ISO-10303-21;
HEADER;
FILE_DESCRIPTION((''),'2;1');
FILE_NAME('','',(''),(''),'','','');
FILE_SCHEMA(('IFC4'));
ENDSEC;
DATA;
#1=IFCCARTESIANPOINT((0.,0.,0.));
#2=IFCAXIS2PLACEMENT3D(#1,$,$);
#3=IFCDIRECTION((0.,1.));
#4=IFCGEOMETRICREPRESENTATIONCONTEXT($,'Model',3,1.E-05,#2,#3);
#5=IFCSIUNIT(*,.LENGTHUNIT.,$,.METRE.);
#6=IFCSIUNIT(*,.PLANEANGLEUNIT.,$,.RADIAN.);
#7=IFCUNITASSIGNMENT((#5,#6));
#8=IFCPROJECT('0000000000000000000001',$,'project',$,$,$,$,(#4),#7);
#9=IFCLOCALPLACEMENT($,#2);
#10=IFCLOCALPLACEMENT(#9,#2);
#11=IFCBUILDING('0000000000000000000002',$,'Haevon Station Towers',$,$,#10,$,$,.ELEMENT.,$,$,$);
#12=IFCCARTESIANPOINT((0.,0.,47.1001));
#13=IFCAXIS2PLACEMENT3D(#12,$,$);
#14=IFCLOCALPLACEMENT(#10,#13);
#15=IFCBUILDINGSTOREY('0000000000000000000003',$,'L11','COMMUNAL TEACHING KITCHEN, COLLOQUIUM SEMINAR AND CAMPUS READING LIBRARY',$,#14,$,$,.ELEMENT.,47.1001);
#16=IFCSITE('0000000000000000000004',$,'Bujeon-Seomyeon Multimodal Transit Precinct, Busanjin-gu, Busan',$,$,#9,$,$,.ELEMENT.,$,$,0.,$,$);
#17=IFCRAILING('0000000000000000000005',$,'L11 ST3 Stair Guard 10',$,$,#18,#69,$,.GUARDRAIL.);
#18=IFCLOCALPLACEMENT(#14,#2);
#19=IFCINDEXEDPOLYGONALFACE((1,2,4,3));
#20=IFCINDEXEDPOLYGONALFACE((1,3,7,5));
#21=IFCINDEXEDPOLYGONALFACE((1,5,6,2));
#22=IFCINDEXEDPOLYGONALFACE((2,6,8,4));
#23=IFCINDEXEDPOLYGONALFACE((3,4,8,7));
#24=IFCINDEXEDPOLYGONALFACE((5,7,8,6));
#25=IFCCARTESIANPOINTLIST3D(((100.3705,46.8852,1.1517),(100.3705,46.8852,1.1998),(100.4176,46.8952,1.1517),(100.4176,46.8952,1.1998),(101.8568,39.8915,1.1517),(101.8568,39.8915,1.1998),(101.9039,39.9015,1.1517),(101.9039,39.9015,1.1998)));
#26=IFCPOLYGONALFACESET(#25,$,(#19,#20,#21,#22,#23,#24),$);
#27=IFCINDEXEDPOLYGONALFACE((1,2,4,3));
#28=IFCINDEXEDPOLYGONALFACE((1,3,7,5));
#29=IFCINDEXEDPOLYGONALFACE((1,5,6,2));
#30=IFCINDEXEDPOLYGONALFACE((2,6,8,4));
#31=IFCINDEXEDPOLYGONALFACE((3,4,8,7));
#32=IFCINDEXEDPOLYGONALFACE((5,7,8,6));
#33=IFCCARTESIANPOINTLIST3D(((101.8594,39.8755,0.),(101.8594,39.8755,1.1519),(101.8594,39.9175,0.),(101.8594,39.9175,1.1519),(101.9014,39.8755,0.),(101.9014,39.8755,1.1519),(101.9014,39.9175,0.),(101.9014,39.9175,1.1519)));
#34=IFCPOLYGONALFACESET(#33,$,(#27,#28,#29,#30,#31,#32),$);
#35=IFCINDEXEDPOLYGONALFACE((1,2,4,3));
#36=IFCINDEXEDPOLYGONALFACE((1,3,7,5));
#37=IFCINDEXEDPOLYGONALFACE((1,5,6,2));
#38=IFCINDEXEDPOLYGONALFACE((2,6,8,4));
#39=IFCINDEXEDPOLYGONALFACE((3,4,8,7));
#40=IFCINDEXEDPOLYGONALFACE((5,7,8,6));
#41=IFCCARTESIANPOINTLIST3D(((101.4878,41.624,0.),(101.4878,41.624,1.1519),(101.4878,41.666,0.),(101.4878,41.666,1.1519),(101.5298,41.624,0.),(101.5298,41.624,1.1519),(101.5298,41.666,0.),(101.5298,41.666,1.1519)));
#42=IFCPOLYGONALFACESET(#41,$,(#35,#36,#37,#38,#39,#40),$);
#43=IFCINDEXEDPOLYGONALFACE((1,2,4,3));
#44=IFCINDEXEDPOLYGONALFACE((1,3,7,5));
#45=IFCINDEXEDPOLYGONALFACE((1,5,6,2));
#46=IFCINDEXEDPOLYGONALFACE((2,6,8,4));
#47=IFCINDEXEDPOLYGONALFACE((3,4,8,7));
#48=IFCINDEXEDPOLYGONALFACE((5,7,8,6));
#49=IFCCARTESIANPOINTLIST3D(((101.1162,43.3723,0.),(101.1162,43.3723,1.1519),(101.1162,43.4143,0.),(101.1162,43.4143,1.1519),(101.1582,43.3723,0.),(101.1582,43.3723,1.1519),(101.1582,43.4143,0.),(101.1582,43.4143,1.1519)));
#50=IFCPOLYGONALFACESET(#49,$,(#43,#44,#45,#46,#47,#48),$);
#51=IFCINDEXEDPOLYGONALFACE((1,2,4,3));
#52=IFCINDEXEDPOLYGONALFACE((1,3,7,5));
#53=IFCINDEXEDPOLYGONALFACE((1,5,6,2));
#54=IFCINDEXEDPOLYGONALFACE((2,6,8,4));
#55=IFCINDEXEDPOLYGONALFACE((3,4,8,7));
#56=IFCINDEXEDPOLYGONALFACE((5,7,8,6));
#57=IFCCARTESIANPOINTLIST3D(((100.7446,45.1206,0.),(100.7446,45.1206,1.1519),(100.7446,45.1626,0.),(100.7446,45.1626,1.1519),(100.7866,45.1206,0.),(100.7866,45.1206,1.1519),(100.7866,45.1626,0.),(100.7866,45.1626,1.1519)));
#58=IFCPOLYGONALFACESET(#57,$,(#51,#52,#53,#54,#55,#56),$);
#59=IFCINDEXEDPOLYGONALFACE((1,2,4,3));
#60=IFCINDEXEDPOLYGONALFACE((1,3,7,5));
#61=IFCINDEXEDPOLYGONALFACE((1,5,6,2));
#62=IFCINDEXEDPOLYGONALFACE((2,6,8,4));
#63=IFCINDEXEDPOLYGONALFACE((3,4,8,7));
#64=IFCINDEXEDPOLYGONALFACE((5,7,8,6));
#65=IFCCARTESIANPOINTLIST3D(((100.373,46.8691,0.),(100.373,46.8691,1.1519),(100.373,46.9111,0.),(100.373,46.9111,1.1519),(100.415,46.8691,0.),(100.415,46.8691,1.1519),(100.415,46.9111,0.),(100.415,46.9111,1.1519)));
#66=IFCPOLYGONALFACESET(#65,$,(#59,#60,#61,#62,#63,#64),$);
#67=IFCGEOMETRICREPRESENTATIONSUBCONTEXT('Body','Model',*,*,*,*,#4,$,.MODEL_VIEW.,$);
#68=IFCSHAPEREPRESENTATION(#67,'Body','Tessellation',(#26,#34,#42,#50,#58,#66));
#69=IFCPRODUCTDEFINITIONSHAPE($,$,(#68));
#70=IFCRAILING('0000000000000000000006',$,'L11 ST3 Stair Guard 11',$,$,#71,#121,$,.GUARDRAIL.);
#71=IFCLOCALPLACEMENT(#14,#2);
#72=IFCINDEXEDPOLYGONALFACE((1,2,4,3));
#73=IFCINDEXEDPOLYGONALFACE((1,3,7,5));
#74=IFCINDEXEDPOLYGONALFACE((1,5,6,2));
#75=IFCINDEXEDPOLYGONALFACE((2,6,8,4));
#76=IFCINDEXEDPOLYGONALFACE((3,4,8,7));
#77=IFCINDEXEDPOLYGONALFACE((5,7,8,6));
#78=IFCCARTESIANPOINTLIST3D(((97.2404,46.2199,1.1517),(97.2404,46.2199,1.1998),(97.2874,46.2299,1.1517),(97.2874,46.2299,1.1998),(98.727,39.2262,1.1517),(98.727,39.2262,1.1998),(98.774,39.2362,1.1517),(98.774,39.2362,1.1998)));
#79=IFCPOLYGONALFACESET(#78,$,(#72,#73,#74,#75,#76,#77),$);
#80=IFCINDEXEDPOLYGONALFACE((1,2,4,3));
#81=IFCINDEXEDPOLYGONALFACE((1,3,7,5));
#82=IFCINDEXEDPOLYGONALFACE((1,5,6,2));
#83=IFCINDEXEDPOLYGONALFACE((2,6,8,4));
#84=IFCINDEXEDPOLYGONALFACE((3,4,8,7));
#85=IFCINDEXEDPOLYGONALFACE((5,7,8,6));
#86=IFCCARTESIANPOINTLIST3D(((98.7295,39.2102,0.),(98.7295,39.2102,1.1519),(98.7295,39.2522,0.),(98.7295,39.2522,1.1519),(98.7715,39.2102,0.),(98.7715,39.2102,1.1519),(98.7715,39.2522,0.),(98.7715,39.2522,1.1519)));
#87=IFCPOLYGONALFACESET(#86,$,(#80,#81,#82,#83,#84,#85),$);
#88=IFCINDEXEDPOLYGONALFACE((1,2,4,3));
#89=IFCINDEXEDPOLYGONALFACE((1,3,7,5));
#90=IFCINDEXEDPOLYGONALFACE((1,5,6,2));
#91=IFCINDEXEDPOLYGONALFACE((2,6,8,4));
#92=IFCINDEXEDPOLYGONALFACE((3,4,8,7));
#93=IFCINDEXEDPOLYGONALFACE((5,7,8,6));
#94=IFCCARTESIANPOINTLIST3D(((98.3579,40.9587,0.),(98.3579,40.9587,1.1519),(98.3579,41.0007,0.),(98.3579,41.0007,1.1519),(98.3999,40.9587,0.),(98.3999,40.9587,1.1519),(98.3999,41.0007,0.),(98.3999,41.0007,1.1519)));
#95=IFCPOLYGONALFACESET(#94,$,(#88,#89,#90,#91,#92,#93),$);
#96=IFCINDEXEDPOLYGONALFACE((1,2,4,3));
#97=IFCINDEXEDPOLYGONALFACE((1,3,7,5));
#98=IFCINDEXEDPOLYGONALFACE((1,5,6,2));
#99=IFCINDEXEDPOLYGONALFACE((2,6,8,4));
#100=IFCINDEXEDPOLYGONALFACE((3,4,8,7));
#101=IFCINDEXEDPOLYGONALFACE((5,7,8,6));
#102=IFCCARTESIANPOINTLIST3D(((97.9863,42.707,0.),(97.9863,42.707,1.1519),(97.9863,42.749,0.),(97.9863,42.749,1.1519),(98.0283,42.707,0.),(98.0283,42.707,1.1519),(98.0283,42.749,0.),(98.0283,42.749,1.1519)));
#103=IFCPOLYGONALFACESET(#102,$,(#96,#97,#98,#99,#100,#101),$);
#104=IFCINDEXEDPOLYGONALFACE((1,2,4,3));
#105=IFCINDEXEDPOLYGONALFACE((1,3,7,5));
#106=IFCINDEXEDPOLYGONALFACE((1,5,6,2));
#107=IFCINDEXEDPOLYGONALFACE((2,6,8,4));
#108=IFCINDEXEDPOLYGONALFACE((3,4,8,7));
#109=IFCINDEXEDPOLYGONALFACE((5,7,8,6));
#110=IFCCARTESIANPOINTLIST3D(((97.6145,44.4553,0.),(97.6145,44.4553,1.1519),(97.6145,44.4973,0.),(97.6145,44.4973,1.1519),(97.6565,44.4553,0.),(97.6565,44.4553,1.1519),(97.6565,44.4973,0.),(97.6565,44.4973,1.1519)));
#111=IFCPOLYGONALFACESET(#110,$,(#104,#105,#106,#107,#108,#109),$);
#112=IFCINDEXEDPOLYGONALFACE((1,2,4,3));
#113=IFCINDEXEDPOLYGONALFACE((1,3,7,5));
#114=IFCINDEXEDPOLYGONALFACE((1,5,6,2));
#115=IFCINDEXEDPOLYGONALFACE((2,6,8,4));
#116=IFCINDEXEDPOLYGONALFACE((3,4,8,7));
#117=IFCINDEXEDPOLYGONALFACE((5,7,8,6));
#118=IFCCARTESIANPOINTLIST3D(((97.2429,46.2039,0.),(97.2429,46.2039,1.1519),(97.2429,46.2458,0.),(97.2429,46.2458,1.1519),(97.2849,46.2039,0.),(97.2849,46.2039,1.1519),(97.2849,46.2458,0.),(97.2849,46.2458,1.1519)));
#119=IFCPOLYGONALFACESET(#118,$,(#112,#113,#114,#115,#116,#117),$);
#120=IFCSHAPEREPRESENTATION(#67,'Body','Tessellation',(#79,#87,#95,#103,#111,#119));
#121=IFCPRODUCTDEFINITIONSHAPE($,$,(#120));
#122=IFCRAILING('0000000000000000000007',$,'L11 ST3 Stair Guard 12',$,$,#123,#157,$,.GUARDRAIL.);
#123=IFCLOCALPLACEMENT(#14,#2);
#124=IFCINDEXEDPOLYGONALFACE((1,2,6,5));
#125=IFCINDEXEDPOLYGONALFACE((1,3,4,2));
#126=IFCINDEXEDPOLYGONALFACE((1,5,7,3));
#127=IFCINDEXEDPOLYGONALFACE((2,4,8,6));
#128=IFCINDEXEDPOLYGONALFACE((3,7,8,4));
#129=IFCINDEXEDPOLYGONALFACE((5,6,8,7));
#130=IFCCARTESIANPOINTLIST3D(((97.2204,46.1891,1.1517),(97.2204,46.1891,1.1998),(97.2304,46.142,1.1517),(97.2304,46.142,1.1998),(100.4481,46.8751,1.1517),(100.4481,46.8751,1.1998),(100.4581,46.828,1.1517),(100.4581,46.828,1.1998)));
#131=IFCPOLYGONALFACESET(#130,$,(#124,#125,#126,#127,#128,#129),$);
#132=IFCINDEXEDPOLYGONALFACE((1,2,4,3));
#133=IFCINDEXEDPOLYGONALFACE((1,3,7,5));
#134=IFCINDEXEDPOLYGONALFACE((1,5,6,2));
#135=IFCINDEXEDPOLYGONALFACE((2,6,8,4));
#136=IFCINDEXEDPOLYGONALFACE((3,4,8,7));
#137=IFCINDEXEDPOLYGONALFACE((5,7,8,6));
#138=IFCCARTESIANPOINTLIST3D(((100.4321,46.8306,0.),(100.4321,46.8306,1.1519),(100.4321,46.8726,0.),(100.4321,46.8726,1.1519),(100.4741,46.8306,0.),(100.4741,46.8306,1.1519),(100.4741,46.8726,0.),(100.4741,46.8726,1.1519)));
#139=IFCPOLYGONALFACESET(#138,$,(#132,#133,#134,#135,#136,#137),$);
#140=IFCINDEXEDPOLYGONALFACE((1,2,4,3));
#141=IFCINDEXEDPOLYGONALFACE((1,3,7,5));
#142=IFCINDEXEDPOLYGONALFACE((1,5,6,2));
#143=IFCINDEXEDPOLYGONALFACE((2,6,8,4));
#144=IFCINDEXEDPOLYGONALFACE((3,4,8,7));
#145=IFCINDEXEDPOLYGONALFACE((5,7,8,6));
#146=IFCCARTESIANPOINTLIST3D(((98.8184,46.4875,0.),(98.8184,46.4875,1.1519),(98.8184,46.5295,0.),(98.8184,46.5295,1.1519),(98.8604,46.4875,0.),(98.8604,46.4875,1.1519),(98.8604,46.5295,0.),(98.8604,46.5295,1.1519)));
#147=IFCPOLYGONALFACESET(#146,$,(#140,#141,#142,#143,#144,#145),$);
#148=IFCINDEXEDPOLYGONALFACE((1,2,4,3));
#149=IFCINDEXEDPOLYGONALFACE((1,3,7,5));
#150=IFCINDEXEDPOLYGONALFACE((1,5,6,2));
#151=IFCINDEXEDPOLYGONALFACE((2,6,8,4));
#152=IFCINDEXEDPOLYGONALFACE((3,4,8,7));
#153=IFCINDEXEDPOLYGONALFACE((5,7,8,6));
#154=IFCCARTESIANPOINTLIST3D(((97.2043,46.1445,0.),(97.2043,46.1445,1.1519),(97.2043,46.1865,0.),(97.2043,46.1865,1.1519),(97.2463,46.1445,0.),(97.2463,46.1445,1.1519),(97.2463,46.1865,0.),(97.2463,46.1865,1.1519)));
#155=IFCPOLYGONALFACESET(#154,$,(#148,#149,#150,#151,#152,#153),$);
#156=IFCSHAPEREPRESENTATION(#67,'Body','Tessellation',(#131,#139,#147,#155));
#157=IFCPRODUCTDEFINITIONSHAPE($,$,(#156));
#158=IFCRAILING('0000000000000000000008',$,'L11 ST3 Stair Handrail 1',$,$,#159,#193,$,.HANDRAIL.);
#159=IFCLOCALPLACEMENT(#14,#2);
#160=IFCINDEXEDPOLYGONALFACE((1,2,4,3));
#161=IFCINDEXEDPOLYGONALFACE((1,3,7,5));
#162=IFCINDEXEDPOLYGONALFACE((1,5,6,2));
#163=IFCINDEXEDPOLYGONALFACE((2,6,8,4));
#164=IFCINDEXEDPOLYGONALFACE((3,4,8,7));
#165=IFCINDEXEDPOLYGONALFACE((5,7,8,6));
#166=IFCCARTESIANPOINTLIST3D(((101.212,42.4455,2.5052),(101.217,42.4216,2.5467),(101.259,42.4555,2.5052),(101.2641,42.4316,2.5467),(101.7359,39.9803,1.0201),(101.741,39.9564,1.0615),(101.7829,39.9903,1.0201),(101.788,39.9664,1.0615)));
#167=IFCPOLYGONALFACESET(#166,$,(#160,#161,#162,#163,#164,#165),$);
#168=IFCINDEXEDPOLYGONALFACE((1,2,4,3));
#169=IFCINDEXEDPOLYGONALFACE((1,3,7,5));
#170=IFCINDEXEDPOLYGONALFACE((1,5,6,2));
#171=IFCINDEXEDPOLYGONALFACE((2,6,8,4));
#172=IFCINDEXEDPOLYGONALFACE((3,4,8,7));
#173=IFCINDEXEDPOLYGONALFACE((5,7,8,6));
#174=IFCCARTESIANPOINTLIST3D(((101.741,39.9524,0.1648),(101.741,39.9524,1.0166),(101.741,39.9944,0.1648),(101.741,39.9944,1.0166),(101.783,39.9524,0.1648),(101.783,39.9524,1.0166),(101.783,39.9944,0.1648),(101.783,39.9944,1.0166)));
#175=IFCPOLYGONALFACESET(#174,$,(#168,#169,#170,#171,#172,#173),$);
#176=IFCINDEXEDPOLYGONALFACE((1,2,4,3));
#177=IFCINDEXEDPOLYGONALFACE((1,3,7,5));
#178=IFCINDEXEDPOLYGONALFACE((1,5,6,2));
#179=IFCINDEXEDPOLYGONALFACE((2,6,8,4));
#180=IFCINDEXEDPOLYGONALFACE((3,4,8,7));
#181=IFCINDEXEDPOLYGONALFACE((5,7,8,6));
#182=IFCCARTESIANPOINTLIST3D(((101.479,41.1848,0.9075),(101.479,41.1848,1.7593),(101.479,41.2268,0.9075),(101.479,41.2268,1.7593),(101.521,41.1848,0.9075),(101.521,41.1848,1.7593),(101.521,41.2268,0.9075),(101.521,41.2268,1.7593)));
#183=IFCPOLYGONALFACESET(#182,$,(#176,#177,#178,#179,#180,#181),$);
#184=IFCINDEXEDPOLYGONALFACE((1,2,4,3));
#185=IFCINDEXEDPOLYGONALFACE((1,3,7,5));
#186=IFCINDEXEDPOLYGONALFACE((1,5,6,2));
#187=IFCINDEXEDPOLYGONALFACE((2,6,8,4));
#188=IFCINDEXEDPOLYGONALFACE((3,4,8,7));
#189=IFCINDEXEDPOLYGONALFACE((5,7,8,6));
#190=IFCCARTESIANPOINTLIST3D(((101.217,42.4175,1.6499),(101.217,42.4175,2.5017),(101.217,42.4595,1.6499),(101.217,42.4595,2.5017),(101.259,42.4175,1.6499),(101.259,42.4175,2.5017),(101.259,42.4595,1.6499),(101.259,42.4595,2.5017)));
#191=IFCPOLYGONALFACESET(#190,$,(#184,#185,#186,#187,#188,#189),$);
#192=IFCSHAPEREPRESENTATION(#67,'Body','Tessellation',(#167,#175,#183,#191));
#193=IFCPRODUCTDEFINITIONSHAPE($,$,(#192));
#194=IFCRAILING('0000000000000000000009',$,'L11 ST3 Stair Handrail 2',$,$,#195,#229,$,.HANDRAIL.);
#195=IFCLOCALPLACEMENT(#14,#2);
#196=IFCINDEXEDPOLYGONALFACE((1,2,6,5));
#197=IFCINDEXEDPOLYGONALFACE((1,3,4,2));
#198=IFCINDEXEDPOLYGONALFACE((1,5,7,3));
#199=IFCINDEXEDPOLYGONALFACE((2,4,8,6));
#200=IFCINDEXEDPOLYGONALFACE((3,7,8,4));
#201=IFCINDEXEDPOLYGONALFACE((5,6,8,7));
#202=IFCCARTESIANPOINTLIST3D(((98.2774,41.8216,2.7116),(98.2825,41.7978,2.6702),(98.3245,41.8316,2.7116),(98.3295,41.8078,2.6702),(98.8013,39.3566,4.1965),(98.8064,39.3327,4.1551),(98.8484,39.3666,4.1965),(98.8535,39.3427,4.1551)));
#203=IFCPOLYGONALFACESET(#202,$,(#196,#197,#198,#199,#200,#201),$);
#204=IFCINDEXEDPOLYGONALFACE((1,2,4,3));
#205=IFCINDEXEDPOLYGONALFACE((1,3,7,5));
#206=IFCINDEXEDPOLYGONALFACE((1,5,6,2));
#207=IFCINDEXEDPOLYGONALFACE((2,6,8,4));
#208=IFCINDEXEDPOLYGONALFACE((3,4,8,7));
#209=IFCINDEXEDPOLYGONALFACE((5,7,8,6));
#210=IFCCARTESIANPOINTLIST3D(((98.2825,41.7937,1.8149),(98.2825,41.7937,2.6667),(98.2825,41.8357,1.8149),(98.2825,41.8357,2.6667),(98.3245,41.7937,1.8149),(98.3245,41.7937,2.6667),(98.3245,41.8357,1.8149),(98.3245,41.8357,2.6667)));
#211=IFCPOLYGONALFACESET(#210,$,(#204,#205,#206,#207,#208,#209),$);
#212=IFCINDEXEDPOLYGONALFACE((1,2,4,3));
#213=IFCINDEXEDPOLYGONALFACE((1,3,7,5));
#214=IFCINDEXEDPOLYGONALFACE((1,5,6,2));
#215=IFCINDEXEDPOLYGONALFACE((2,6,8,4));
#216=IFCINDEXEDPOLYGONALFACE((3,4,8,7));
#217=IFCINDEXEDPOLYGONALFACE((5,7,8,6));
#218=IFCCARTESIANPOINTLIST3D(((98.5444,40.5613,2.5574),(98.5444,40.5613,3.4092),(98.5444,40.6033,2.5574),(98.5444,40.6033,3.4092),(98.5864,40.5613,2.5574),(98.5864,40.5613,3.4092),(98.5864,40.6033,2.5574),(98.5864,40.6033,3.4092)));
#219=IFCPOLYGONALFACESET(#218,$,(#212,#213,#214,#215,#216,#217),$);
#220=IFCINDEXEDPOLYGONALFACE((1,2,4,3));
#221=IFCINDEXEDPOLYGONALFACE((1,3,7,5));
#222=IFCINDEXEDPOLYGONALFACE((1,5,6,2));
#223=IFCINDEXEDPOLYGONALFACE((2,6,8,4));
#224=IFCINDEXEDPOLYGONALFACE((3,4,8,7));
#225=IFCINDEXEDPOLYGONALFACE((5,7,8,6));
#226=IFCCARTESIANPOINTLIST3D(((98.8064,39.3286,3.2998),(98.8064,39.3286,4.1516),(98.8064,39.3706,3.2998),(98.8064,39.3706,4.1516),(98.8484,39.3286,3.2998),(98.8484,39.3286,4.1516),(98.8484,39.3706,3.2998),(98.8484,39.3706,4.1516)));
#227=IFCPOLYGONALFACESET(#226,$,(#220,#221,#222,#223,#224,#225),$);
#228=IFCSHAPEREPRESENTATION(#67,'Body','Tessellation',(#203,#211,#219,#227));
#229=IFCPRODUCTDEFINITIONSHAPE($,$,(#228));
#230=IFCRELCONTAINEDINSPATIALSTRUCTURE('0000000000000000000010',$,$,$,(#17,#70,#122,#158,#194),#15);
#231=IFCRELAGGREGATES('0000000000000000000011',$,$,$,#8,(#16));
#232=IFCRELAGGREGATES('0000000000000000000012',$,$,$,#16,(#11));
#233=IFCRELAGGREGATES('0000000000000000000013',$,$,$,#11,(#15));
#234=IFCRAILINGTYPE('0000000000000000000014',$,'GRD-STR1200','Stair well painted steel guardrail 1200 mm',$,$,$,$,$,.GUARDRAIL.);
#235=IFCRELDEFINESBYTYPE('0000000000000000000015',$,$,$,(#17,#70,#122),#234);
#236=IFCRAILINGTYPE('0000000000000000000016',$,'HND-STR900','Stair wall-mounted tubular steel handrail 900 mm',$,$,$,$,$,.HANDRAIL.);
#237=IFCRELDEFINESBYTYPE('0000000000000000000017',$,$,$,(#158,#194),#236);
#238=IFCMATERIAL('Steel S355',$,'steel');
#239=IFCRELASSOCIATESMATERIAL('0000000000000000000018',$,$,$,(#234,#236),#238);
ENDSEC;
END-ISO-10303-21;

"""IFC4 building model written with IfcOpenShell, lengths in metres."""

from ifc_helpers import new_model, si_unit, direction, frame, origin, origin_2d, place, context, subcontext, project, spatial, rectangle, extrude, material, type_object, element, save


model = new_model("IFC4")

# Units and contexts
model_context = context("Model", 3, precision=1e-05, world=origin(), true_north=direction((0.0, 1.0)))
body_context = subcontext(model_context, "Body", "Model", "MODEL_VIEW")
ifc_project = project(units=[si_unit("LENGTHUNIT", "METRE"), si_unit("PLANEANGLEUNIT", "RADIAN")], contexts=[model_context])

# Site, building, storey
site_placement = place(None, origin())
site = spatial("IfcSite", under=ifc_project, at=site_placement, Name="Bujeon-Seomyeon Multimodal Transit Precinct, Busanjin-gu, Busan", CompositionType="ELEMENT", RefElevation=0.0)
building_placement = place(site_placement, origin())
building = spatial("IfcBuilding", under=site, at=building_placement, Name="Haevon Station Towers", CompositionType="ELEMENT")
storey_placement = place(building_placement, frame((0.0, 0.0, 47.1001)))
storey = spatial("IfcBuildingStorey", under=building, at=storey_placement, Name="L11", Description="COMMUNAL TEACHING KITCHEN, COLLOQUIUM SEMINAR AND CAMPUS READING LIBRARY", CompositionType="ELEMENT", Elevation=47.1001)

# Shared definitions
ifc_material_1 = material(Name="Steel S355", Category="steel")

# Railings
railing_type_1 = type_object("IfcRailingType", Name="GRD-STR1200", Description="Stair well painted steel guardrail 1200 mm", PredefinedType="GUARDRAIL", material=ifc_material_1)
railing_1_placement = place(storey_placement, frame((101.8804, 39.8965, 0.0)))
element("IfcRailing", 1, at=railing_1_placement, inside=storey, type_object=railing_type_1, Name="L11 ST3 Stair Guard 10", PredefinedType="GUARDRAIL", context=body_context, shape_type="SweptSolid", body=[
    extrude(rectangle(XDim=0.0481, YDim=0.0481, at=origin_2d()), frame((0.0, 0.0, 1.1758), z_axis=(-0.207882, 0.978154, 0.0), x_axis=(-0.978154, -0.207882, 0.0)), (0.0, 0.0, 1.0), 7.1499),
    extrude(rectangle(XDim=0.042, YDim=0.042, at=origin_2d()), origin(), (0.0, 0.0, 1.0), 1.1519),
    extrude(rectangle(XDim=0.042, YDim=0.042, at=origin_2d()), frame((-0.3716, 1.7485, 0.0)), (0.0, 0.0, 1.0), 1.1519),
    extrude(rectangle(XDim=0.042, YDim=0.042, at=origin_2d()), frame((-0.7432, 3.4968, 0.0)), (0.0, 0.0, 1.0), 1.1519),
    extrude(rectangle(XDim=0.042, YDim=0.042, at=origin_2d()), frame((-1.1147, 5.2451, 0.0)), (0.0, 0.0, 1.0), 1.1519),
    extrude(rectangle(XDim=0.042, YDim=0.042, at=origin_2d()), frame((-1.4863, 6.9937, 0.0)), (0.0, 0.0, 1.0), 1.1519),
])
railing_2_placement = place(storey_placement, frame((98.7505, 39.2312, 0.0)))
element("IfcRailing", 2, at=railing_2_placement, inside=storey, type_object=railing_type_1, Name="L11 ST3 Stair Guard 11", PredefinedType="GUARDRAIL", context=body_context, shape_type="SweptSolid", body=[
    extrude(rectangle(XDim=0.0481, YDim=0.0481, at=origin_2d()), frame((0.0, 0.0, 1.1758), z_axis=(-0.207915, 0.978147, 0.0), x_axis=(-0.978147, -0.207915, 0.0)), (0.0, 0.0, 1.0), 7.1499),
    extrude(rectangle(XDim=0.042, YDim=0.042, at=origin_2d()), origin(), (0.0, 0.0, 1.0), 1.1519),
    extrude(rectangle(XDim=0.042, YDim=0.042, at=origin_2d()), frame((-0.3716, 1.7485, 0.0)), (0.0, 0.0, 1.0), 1.1519),
    extrude(rectangle(XDim=0.042, YDim=0.042, at=origin_2d()), frame((-0.7432, 3.4968, 0.0)), (0.0, 0.0, 1.0), 1.1519),
    extrude(rectangle(XDim=0.042, YDim=0.042, at=origin_2d()), frame((-1.115, 5.2451, 0.0)), (0.0, 0.0, 1.0), 1.1519),
    extrude(rectangle(XDim=0.042, YDim=0.042, at=origin_2d()), frame((-1.4866, 6.9937, 0.0)), (0.0, 0.0, 1.0), 1.1519),
])
railing_3_placement = place(storey_placement, frame((100.4531, 46.8516, 0.0)))
element("IfcRailing", 3, at=railing_3_placement, inside=storey, type_object=railing_type_1, Name="L11 ST3 Stair Guard 12", PredefinedType="GUARDRAIL", context=body_context, shape_type="SweptSolid", body=[
    extrude(rectangle(XDim=0.0481, YDim=0.0481, at=origin_2d()), frame((0.0, 0.0, 1.1758), z_axis=(-0.978151, -0.207897, 0.0), x_axis=(0.207897, -0.978151, 0.0)), (0.0, 0.0, 1.0), 3.2998),
    extrude(rectangle(XDim=0.042, YDim=0.042, at=origin_2d()), origin(), (0.0, 0.0, 1.0), 1.1519),
    extrude(rectangle(XDim=0.042, YDim=0.042, at=origin_2d()), frame((-1.6138, -0.343, 0.0)), (0.0, 0.0, 1.0), 1.1519),
    extrude(rectangle(XDim=0.042, YDim=0.042, at=origin_2d()), frame((-3.2278, -0.686, 0.0)), (0.0, 0.0, 1.0), 1.1519),
])
railing_type_2 = type_object("IfcRailingType", Name="HND-STR900", Description="Stair wall-mounted tubular steel handrail 900 mm", PredefinedType="HANDRAIL", material=ifc_material_1)
railing_4_placement = place(storey_placement, frame((101.762, 39.9734, 0.1648)))
element("IfcRailing", 4, at=railing_4_placement, inside=storey, type_object=railing_type_2, Name="L11 ST3 Stair Handrail 1", PredefinedType="HANDRAIL", context=body_context, shape_type="SweptSolid", body=[
    extrude(rectangle(XDim=0.0481, YDim=0.0481, at=origin_2d()), frame((0.0, 0.0, 0.876), z_axis=(-0.179109, 0.842712, 0.507697), x_axis=(-0.978151, -0.207895, 0.0)), (0.0, 0.0, 1.0), 2.9253),
    extrude(rectangle(XDim=0.042, YDim=0.042, at=origin_2d()), origin(), (0.0, 0.0, 1.0), 0.8518),
    extrude(rectangle(XDim=0.042, YDim=0.042, at=origin_2d()), frame((-0.262, 1.2324, 0.7427)), (0.0, 0.0, 1.0), 0.8518),
    extrude(rectangle(XDim=0.042, YDim=0.042, at=origin_2d()), frame((-0.5239, 2.4651, 1.4851)), (0.0, 0.0, 1.0), 0.8518),
])
railing_5_placement = place(storey_placement, frame((98.3035, 41.8147, 1.8149)))
element("IfcRailing", 5, at=railing_5_placement, inside=storey, type_object=railing_type_2, Name="L11 ST3 Stair Handrail 2", PredefinedType="HANDRAIL", context=body_context, shape_type="SweptSolid", body=[
    extrude(rectangle(XDim=0.0481, YDim=0.0481, at=origin_2d()), frame((0.0, 0.0, 0.876), z_axis=(0.179116, -0.842748, 0.507635), x_axis=(0.978151, 0.207895, 0.0)), (0.0, 0.0, 1.0), 2.925),
    extrude(rectangle(XDim=0.042, YDim=0.042, at=origin_2d()), origin(), (0.0, 0.0, 1.0), 0.8518),
    extrude(rectangle(XDim=0.042, YDim=0.042, at=origin_2d()), frame((0.262, -1.2324, 0.7424)), (0.0, 0.0, 1.0), 0.8518),
    extrude(rectangle(XDim=0.042, YDim=0.042, at=origin_2d()), frame((0.5239, -2.4651, 1.4849)), (0.0, 0.0, 1.0), 0.8518),
])

save(model, "model.ifc")
